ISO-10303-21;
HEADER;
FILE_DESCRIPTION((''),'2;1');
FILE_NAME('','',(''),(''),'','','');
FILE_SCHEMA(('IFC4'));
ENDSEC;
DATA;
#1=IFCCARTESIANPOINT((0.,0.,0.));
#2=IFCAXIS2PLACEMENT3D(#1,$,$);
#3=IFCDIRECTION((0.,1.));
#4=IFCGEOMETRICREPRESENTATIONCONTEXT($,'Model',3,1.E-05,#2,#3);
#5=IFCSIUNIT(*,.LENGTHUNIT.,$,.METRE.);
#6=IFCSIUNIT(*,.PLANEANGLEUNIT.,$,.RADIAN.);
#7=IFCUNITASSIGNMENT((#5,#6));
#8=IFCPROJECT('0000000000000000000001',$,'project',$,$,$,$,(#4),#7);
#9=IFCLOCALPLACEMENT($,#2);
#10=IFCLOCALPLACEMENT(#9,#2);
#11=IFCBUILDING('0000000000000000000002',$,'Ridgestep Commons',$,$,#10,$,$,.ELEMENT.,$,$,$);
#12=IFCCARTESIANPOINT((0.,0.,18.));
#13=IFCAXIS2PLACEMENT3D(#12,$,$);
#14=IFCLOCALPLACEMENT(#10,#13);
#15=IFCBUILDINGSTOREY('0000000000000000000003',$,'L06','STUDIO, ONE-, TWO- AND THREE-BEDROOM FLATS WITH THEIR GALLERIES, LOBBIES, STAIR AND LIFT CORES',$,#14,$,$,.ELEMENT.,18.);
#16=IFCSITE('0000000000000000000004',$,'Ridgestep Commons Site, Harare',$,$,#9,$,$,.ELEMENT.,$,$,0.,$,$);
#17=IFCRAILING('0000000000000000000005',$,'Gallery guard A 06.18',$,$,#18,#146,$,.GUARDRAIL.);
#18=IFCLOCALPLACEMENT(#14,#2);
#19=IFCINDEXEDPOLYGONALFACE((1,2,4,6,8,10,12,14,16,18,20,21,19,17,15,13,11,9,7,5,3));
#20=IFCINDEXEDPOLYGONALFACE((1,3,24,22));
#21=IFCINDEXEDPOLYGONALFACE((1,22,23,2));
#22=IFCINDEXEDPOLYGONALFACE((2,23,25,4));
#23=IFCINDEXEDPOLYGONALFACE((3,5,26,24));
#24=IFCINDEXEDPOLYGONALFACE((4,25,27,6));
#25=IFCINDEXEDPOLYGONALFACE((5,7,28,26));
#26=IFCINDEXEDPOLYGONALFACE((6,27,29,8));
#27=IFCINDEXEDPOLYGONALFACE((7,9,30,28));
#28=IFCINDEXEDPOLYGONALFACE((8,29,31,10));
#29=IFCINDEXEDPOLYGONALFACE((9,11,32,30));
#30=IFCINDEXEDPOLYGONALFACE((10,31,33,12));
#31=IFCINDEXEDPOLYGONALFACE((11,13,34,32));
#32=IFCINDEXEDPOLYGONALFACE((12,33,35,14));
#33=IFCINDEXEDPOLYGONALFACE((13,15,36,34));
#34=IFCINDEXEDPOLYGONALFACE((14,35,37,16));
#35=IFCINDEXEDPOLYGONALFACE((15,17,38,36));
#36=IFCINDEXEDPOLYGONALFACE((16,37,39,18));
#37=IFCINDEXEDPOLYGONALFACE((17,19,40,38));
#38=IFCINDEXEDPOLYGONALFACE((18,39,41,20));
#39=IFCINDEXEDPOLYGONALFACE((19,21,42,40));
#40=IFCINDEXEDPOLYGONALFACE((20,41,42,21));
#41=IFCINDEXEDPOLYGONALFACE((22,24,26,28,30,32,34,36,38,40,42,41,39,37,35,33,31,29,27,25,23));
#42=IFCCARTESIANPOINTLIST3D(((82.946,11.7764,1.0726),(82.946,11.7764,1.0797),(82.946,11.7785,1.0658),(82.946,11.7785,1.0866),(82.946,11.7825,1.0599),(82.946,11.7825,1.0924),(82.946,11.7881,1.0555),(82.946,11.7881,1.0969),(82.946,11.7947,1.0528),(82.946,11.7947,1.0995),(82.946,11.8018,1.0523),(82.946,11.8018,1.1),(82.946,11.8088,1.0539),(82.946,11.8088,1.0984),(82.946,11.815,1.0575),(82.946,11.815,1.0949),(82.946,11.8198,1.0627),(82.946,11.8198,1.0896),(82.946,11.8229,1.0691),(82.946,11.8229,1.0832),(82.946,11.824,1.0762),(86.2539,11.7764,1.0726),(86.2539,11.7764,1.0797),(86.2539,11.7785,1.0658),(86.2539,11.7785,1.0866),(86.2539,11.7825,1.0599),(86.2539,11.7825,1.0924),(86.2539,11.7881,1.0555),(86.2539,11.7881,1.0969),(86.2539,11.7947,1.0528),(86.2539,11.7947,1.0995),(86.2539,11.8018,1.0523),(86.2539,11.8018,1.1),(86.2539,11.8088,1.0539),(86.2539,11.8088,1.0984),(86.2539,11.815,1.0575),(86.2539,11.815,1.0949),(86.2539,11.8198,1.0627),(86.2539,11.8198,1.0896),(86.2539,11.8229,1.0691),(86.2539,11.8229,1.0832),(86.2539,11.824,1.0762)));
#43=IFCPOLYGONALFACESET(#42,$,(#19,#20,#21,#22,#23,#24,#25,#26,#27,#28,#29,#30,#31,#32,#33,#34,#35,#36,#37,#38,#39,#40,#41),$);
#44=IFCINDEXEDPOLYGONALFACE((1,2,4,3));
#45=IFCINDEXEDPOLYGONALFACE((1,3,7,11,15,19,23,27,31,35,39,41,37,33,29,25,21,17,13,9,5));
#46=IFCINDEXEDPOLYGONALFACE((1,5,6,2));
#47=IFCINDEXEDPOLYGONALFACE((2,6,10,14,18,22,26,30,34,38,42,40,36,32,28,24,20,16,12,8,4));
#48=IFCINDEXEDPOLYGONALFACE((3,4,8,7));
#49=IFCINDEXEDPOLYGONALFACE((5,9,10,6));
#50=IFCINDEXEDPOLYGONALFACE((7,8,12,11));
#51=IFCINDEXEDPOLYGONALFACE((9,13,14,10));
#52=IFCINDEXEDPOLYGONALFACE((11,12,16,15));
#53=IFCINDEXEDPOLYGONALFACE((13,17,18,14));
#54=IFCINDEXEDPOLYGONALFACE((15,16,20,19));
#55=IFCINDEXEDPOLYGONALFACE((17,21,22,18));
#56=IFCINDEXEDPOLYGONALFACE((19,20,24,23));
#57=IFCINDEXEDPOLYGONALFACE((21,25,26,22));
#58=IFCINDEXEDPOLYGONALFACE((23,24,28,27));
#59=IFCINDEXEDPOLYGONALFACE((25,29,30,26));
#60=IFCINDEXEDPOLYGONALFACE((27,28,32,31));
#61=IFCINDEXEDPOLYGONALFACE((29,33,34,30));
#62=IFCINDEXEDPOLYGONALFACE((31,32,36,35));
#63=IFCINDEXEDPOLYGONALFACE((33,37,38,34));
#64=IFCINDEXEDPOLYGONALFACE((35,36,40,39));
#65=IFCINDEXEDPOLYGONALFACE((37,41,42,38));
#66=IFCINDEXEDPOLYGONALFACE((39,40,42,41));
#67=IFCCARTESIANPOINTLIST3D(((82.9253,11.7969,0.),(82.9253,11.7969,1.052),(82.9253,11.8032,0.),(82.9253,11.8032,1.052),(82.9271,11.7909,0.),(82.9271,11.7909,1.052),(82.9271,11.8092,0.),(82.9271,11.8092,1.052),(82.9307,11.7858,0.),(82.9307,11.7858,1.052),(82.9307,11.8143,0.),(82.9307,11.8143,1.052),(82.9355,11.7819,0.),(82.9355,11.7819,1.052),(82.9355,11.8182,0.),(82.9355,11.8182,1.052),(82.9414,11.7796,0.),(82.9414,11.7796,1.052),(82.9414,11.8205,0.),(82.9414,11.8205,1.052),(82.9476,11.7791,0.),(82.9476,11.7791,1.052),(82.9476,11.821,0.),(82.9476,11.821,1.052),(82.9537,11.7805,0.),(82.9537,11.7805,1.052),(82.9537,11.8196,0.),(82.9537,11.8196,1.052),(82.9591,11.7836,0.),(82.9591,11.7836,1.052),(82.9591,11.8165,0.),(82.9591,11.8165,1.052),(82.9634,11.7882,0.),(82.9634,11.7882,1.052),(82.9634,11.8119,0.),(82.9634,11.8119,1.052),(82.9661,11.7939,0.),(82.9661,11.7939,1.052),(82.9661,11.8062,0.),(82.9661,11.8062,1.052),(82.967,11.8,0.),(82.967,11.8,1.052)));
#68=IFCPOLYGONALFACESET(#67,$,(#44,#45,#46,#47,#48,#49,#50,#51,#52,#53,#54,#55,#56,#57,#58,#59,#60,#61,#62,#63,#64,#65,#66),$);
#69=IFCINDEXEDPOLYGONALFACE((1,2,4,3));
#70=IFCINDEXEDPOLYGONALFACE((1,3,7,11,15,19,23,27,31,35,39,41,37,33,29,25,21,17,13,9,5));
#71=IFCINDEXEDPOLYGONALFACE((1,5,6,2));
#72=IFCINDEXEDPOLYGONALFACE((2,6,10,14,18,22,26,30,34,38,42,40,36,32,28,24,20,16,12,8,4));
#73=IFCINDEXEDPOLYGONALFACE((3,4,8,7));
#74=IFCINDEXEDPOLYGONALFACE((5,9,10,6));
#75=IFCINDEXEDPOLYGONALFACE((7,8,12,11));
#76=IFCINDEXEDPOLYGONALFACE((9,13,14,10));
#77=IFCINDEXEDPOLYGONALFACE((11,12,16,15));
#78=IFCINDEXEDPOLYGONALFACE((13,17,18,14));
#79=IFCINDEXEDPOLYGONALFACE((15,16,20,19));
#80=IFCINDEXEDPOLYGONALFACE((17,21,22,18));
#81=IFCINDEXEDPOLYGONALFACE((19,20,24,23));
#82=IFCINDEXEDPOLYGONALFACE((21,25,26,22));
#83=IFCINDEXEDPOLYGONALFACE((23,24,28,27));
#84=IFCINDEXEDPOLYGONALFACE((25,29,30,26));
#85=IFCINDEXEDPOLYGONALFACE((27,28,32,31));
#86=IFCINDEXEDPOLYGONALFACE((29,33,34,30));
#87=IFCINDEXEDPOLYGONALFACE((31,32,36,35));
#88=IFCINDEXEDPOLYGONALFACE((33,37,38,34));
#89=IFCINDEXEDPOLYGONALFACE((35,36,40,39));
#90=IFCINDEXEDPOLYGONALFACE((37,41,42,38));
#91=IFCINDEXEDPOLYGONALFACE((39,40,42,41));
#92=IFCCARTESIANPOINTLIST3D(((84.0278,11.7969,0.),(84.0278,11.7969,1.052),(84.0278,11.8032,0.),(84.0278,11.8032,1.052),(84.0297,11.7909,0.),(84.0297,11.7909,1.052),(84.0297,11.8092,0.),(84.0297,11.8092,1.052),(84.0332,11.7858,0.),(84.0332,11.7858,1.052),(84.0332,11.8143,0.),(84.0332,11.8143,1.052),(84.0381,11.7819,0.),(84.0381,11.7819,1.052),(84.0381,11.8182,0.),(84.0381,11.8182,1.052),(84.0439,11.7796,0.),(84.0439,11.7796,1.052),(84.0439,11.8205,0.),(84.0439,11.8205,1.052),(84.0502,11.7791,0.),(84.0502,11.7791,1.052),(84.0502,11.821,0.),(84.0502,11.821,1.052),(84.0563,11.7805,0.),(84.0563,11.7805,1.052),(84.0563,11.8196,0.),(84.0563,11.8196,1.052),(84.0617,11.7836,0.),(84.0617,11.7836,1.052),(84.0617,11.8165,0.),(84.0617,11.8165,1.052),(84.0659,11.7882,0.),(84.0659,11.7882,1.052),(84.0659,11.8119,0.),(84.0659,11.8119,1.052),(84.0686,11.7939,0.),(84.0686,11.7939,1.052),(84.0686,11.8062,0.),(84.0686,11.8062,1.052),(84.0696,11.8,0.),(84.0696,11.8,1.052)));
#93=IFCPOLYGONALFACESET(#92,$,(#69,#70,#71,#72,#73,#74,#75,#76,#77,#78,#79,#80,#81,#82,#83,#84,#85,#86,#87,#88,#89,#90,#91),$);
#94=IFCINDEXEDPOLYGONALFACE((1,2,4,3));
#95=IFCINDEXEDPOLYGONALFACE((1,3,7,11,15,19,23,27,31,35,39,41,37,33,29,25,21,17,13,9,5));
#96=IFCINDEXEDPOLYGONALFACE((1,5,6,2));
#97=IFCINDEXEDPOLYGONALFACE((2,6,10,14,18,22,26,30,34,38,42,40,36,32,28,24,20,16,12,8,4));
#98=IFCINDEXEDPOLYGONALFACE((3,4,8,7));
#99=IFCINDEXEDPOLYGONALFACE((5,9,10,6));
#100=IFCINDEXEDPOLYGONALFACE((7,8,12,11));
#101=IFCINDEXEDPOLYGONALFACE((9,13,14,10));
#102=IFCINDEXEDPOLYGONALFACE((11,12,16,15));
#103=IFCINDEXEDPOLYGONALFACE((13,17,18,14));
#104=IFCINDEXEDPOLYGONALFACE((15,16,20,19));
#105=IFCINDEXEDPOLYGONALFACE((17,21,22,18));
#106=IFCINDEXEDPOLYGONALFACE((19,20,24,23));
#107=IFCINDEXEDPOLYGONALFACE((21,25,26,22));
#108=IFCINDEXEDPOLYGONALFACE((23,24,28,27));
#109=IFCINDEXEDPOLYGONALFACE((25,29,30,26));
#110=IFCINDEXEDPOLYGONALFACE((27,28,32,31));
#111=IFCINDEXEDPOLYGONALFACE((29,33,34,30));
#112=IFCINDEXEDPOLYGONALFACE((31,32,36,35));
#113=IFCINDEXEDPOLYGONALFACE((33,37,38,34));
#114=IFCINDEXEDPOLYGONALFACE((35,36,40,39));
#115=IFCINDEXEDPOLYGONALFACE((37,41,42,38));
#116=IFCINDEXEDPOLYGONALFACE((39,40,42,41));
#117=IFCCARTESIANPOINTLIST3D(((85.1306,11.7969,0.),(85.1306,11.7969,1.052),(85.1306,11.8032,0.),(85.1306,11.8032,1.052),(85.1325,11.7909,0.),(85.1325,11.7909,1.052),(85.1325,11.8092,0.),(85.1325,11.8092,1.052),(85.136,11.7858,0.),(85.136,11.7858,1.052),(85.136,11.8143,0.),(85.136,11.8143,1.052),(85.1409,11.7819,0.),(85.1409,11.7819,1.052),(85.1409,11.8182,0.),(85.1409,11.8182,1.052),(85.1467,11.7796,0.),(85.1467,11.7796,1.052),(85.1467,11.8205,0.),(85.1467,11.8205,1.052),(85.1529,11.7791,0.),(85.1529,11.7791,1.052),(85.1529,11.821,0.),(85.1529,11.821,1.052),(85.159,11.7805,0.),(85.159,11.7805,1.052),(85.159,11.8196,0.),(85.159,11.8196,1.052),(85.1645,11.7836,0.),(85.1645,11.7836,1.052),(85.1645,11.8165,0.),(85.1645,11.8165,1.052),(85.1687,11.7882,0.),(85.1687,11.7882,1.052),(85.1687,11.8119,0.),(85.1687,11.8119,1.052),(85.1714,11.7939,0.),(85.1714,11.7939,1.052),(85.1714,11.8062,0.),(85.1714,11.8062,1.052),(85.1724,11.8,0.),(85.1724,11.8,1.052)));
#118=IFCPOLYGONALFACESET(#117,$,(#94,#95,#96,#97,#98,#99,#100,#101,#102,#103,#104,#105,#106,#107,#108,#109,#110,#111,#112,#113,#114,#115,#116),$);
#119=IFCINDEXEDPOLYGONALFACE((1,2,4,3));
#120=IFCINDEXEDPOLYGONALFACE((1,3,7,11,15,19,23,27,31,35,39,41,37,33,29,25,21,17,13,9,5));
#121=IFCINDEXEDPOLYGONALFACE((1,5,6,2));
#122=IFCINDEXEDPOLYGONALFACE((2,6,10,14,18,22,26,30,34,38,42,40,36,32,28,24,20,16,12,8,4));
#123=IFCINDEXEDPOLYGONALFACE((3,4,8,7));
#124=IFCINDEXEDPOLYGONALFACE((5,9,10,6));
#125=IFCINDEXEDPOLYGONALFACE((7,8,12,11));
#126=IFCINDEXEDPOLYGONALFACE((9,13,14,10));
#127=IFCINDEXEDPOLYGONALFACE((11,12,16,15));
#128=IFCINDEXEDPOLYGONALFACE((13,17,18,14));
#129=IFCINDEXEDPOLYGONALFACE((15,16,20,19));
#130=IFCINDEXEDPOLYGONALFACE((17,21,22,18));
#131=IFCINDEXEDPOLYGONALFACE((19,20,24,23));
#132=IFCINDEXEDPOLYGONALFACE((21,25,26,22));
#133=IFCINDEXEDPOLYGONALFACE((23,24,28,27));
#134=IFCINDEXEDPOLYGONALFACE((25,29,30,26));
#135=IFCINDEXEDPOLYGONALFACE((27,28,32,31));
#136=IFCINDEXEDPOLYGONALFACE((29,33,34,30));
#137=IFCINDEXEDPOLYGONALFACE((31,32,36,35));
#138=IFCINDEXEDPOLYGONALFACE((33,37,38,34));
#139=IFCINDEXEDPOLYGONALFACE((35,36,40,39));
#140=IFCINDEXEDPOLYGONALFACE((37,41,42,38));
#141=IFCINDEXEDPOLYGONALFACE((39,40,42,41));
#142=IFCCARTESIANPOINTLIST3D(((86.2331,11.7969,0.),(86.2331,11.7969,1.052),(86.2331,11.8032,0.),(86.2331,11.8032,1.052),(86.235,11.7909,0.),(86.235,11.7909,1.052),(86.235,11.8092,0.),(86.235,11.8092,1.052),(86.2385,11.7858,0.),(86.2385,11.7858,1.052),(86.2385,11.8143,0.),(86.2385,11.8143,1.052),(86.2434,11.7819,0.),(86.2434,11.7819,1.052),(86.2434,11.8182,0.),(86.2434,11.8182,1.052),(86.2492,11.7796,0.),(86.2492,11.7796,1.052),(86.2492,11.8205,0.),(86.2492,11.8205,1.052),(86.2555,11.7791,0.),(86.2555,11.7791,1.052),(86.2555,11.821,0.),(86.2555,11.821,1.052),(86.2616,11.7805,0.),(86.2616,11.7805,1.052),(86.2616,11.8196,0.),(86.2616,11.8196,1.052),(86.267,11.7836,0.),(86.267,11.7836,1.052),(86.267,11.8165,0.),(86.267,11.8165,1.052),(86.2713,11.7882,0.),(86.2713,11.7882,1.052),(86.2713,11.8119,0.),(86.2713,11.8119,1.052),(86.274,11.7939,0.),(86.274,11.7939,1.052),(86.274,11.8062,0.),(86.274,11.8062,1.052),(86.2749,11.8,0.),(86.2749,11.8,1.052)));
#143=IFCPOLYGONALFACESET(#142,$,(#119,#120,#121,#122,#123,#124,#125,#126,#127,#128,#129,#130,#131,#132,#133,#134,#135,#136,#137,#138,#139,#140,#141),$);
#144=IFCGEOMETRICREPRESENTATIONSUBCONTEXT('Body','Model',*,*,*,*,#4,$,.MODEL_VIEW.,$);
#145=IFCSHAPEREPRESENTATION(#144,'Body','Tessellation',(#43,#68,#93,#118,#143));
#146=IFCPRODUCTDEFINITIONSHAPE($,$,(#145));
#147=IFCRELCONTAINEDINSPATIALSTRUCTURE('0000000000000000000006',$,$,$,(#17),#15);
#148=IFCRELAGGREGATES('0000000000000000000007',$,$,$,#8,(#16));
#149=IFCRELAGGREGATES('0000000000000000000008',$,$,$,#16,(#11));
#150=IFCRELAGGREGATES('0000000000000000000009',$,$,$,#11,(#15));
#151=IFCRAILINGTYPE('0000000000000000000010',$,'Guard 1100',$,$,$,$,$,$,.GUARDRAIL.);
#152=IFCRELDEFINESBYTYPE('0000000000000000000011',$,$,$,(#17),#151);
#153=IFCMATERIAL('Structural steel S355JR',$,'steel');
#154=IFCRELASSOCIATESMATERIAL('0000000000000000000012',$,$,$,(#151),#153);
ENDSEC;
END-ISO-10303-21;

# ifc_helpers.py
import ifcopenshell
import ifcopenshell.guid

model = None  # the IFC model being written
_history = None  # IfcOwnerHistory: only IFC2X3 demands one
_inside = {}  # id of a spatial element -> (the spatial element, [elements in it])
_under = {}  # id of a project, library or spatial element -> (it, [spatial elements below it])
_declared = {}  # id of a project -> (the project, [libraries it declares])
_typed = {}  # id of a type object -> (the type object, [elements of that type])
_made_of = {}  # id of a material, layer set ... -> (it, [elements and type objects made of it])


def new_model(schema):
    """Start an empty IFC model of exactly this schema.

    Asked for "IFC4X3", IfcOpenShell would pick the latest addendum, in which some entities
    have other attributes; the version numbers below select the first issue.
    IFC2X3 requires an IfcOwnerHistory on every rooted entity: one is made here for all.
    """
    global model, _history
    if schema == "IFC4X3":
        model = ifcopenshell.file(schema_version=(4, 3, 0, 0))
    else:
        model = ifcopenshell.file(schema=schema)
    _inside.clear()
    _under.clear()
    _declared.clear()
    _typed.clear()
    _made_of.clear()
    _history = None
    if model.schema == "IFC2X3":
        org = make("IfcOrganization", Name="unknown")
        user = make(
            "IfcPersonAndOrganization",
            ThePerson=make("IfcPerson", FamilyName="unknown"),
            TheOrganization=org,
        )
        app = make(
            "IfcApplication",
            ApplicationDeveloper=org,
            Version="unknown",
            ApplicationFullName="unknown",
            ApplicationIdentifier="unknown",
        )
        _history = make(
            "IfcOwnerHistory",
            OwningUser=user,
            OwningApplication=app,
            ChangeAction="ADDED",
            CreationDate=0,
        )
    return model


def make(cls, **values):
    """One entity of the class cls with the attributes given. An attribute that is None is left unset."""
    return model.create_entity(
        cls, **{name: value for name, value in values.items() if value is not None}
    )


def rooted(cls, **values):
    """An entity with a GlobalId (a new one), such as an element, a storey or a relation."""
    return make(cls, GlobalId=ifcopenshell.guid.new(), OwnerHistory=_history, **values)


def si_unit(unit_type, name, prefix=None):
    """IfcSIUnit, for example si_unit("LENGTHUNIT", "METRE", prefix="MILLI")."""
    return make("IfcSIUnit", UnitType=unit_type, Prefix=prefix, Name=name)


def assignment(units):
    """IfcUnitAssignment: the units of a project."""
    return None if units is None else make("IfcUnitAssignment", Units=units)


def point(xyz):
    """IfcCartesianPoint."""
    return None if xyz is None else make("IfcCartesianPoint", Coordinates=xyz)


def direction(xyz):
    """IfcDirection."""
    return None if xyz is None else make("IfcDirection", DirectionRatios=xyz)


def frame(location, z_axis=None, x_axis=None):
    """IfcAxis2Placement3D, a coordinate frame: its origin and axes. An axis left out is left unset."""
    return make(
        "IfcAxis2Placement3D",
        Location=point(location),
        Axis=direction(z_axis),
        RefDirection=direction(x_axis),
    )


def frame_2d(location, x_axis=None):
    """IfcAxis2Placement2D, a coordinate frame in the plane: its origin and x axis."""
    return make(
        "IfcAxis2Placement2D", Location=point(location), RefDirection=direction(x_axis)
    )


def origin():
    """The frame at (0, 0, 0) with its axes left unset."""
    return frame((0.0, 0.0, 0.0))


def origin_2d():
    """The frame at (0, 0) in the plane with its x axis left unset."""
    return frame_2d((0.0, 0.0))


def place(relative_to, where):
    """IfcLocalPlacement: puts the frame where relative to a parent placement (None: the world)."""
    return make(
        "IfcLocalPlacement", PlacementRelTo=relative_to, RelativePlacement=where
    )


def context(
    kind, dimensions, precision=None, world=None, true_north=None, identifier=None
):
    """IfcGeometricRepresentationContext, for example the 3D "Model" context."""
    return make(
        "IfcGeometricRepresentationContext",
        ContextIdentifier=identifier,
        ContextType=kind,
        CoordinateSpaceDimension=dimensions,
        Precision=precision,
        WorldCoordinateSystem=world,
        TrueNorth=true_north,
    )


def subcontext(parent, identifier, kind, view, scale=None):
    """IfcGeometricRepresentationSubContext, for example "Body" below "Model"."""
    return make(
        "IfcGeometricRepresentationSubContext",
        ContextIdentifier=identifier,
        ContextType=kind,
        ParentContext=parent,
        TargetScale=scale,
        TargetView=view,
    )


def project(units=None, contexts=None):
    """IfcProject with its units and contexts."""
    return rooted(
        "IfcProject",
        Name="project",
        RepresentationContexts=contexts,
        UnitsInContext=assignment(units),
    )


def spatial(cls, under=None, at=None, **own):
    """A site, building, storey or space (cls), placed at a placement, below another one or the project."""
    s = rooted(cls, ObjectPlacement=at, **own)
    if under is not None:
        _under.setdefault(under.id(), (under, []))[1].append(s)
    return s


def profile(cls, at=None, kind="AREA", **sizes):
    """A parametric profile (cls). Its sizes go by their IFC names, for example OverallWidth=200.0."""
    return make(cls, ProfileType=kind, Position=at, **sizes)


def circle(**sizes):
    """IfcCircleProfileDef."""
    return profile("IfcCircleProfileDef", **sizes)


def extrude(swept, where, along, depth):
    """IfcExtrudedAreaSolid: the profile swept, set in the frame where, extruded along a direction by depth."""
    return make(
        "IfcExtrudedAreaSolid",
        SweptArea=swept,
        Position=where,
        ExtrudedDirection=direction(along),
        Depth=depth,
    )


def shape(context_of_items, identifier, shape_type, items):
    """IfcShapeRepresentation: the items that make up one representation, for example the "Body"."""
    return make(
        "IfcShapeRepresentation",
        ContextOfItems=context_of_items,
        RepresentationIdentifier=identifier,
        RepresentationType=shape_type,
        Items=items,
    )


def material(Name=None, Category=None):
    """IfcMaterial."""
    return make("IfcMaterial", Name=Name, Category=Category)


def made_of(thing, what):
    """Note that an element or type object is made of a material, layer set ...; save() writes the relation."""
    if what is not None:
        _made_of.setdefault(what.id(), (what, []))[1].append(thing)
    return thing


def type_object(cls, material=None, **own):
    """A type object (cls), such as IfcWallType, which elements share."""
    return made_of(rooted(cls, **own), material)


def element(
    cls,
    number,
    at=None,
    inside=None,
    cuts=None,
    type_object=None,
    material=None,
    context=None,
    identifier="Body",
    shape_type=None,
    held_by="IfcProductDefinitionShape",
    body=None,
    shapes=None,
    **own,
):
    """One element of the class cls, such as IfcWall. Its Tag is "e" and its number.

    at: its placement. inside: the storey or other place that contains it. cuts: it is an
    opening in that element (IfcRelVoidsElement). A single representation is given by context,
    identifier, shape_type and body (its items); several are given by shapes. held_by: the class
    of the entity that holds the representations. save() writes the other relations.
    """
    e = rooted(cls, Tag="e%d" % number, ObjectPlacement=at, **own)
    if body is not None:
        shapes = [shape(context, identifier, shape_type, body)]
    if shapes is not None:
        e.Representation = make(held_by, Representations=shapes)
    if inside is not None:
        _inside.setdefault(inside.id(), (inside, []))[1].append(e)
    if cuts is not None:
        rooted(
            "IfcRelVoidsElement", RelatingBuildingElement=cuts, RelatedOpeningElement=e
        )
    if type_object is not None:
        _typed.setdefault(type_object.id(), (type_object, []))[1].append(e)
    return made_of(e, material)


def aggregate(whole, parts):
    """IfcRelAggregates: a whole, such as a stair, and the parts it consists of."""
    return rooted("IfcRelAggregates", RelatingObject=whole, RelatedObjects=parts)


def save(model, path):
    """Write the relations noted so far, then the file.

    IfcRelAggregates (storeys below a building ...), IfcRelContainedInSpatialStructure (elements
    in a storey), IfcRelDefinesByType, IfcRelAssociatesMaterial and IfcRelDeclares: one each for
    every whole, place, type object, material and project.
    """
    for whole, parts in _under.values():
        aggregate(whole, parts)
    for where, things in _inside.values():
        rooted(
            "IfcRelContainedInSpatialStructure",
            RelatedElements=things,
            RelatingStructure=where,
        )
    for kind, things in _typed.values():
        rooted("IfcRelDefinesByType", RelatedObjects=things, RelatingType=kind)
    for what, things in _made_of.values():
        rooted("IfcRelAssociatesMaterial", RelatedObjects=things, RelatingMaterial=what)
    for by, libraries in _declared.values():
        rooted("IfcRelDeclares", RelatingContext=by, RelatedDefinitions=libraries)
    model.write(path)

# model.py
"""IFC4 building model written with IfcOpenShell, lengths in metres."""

from ifc_helpers import new_model, si_unit, direction, frame, origin, origin_2d, place, context, subcontext, project, spatial, circle, extrude, material, type_object, element, save


model = new_model("IFC4")

# Units and contexts
model_context = context("Model", 3, precision=1e-05, world=origin(), true_north=direction((0.0, 1.0)))
body_context = subcontext(model_context, "Body", "Model", "MODEL_VIEW")
ifc_project = project(units=[si_unit("LENGTHUNIT", "METRE"), si_unit("PLANEANGLEUNIT", "RADIAN")], contexts=[model_context])

# Site, building, storey
site_placement = place(None, origin())
site = spatial("IfcSite", under=ifc_project, at=site_placement, Name="Ridgestep Commons Site, Harare", CompositionType="ELEMENT", RefElevation=0.0)
building_placement = place(site_placement, origin())
building = spatial("IfcBuilding", under=site, at=building_placement, Name="Ridgestep Commons", CompositionType="ELEMENT")
storey_placement = place(building_placement, frame((0.0, 0.0, 18.0)))
storey = spatial("IfcBuildingStorey", under=building, at=storey_placement, Name="L06", Description="STUDIO, ONE-, TWO- AND THREE-BEDROOM FLATS WITH THEIR GALLERIES, LOBBIES, STAIR AND LIFT CORES", CompositionType="ELEMENT", Elevation=18.0)

# Railing
ifc_material_1 = material(Name="Structural steel S355JR", Category="steel")
railing_type = type_object("IfcRailingType", Name="Guard 1100", PredefinedType="GUARDRAIL", material=ifc_material_1)
railing_1_placement = place(storey_placement, frame((82.946, 11.8, 0.0)))
element("IfcRailing", 1, at=railing_1_placement, inside=storey, type_object=railing_type, Name="Gallery guard A 06.18", PredefinedType="GUARDRAIL", context=body_context, shape_type="SweptSolid", body=[
    extrude(circle(Radius=0.0239, at=origin_2d()), frame((0.0, 0.0, 1.0762), z_axis=(1.0, 0.0, 0.0), x_axis=(0.0, 1.0, 0.0)), (0.0, 0.0, 1.0), 3.3079),
    extrude(circle(Radius=0.021, at=origin_2d()), origin(), (0.0, 0.0, 1.0), 1.052),
    extrude(circle(Radius=0.021, at=origin_2d()), frame((1.1025, 0.0, 0.0)), (0.0, 0.0, 1.0), 1.052),
    extrude(circle(Radius=0.021, at=origin_2d()), frame((2.2053, 0.0, 0.0)), (0.0, 0.0, 1.0), 1.052),
    extrude(circle(Radius=0.021, at=origin_2d()), frame((3.3079, 0.0, 0.0)), (0.0, 0.0, 1.0), 1.052),
])

save(model, "model.ifc")
